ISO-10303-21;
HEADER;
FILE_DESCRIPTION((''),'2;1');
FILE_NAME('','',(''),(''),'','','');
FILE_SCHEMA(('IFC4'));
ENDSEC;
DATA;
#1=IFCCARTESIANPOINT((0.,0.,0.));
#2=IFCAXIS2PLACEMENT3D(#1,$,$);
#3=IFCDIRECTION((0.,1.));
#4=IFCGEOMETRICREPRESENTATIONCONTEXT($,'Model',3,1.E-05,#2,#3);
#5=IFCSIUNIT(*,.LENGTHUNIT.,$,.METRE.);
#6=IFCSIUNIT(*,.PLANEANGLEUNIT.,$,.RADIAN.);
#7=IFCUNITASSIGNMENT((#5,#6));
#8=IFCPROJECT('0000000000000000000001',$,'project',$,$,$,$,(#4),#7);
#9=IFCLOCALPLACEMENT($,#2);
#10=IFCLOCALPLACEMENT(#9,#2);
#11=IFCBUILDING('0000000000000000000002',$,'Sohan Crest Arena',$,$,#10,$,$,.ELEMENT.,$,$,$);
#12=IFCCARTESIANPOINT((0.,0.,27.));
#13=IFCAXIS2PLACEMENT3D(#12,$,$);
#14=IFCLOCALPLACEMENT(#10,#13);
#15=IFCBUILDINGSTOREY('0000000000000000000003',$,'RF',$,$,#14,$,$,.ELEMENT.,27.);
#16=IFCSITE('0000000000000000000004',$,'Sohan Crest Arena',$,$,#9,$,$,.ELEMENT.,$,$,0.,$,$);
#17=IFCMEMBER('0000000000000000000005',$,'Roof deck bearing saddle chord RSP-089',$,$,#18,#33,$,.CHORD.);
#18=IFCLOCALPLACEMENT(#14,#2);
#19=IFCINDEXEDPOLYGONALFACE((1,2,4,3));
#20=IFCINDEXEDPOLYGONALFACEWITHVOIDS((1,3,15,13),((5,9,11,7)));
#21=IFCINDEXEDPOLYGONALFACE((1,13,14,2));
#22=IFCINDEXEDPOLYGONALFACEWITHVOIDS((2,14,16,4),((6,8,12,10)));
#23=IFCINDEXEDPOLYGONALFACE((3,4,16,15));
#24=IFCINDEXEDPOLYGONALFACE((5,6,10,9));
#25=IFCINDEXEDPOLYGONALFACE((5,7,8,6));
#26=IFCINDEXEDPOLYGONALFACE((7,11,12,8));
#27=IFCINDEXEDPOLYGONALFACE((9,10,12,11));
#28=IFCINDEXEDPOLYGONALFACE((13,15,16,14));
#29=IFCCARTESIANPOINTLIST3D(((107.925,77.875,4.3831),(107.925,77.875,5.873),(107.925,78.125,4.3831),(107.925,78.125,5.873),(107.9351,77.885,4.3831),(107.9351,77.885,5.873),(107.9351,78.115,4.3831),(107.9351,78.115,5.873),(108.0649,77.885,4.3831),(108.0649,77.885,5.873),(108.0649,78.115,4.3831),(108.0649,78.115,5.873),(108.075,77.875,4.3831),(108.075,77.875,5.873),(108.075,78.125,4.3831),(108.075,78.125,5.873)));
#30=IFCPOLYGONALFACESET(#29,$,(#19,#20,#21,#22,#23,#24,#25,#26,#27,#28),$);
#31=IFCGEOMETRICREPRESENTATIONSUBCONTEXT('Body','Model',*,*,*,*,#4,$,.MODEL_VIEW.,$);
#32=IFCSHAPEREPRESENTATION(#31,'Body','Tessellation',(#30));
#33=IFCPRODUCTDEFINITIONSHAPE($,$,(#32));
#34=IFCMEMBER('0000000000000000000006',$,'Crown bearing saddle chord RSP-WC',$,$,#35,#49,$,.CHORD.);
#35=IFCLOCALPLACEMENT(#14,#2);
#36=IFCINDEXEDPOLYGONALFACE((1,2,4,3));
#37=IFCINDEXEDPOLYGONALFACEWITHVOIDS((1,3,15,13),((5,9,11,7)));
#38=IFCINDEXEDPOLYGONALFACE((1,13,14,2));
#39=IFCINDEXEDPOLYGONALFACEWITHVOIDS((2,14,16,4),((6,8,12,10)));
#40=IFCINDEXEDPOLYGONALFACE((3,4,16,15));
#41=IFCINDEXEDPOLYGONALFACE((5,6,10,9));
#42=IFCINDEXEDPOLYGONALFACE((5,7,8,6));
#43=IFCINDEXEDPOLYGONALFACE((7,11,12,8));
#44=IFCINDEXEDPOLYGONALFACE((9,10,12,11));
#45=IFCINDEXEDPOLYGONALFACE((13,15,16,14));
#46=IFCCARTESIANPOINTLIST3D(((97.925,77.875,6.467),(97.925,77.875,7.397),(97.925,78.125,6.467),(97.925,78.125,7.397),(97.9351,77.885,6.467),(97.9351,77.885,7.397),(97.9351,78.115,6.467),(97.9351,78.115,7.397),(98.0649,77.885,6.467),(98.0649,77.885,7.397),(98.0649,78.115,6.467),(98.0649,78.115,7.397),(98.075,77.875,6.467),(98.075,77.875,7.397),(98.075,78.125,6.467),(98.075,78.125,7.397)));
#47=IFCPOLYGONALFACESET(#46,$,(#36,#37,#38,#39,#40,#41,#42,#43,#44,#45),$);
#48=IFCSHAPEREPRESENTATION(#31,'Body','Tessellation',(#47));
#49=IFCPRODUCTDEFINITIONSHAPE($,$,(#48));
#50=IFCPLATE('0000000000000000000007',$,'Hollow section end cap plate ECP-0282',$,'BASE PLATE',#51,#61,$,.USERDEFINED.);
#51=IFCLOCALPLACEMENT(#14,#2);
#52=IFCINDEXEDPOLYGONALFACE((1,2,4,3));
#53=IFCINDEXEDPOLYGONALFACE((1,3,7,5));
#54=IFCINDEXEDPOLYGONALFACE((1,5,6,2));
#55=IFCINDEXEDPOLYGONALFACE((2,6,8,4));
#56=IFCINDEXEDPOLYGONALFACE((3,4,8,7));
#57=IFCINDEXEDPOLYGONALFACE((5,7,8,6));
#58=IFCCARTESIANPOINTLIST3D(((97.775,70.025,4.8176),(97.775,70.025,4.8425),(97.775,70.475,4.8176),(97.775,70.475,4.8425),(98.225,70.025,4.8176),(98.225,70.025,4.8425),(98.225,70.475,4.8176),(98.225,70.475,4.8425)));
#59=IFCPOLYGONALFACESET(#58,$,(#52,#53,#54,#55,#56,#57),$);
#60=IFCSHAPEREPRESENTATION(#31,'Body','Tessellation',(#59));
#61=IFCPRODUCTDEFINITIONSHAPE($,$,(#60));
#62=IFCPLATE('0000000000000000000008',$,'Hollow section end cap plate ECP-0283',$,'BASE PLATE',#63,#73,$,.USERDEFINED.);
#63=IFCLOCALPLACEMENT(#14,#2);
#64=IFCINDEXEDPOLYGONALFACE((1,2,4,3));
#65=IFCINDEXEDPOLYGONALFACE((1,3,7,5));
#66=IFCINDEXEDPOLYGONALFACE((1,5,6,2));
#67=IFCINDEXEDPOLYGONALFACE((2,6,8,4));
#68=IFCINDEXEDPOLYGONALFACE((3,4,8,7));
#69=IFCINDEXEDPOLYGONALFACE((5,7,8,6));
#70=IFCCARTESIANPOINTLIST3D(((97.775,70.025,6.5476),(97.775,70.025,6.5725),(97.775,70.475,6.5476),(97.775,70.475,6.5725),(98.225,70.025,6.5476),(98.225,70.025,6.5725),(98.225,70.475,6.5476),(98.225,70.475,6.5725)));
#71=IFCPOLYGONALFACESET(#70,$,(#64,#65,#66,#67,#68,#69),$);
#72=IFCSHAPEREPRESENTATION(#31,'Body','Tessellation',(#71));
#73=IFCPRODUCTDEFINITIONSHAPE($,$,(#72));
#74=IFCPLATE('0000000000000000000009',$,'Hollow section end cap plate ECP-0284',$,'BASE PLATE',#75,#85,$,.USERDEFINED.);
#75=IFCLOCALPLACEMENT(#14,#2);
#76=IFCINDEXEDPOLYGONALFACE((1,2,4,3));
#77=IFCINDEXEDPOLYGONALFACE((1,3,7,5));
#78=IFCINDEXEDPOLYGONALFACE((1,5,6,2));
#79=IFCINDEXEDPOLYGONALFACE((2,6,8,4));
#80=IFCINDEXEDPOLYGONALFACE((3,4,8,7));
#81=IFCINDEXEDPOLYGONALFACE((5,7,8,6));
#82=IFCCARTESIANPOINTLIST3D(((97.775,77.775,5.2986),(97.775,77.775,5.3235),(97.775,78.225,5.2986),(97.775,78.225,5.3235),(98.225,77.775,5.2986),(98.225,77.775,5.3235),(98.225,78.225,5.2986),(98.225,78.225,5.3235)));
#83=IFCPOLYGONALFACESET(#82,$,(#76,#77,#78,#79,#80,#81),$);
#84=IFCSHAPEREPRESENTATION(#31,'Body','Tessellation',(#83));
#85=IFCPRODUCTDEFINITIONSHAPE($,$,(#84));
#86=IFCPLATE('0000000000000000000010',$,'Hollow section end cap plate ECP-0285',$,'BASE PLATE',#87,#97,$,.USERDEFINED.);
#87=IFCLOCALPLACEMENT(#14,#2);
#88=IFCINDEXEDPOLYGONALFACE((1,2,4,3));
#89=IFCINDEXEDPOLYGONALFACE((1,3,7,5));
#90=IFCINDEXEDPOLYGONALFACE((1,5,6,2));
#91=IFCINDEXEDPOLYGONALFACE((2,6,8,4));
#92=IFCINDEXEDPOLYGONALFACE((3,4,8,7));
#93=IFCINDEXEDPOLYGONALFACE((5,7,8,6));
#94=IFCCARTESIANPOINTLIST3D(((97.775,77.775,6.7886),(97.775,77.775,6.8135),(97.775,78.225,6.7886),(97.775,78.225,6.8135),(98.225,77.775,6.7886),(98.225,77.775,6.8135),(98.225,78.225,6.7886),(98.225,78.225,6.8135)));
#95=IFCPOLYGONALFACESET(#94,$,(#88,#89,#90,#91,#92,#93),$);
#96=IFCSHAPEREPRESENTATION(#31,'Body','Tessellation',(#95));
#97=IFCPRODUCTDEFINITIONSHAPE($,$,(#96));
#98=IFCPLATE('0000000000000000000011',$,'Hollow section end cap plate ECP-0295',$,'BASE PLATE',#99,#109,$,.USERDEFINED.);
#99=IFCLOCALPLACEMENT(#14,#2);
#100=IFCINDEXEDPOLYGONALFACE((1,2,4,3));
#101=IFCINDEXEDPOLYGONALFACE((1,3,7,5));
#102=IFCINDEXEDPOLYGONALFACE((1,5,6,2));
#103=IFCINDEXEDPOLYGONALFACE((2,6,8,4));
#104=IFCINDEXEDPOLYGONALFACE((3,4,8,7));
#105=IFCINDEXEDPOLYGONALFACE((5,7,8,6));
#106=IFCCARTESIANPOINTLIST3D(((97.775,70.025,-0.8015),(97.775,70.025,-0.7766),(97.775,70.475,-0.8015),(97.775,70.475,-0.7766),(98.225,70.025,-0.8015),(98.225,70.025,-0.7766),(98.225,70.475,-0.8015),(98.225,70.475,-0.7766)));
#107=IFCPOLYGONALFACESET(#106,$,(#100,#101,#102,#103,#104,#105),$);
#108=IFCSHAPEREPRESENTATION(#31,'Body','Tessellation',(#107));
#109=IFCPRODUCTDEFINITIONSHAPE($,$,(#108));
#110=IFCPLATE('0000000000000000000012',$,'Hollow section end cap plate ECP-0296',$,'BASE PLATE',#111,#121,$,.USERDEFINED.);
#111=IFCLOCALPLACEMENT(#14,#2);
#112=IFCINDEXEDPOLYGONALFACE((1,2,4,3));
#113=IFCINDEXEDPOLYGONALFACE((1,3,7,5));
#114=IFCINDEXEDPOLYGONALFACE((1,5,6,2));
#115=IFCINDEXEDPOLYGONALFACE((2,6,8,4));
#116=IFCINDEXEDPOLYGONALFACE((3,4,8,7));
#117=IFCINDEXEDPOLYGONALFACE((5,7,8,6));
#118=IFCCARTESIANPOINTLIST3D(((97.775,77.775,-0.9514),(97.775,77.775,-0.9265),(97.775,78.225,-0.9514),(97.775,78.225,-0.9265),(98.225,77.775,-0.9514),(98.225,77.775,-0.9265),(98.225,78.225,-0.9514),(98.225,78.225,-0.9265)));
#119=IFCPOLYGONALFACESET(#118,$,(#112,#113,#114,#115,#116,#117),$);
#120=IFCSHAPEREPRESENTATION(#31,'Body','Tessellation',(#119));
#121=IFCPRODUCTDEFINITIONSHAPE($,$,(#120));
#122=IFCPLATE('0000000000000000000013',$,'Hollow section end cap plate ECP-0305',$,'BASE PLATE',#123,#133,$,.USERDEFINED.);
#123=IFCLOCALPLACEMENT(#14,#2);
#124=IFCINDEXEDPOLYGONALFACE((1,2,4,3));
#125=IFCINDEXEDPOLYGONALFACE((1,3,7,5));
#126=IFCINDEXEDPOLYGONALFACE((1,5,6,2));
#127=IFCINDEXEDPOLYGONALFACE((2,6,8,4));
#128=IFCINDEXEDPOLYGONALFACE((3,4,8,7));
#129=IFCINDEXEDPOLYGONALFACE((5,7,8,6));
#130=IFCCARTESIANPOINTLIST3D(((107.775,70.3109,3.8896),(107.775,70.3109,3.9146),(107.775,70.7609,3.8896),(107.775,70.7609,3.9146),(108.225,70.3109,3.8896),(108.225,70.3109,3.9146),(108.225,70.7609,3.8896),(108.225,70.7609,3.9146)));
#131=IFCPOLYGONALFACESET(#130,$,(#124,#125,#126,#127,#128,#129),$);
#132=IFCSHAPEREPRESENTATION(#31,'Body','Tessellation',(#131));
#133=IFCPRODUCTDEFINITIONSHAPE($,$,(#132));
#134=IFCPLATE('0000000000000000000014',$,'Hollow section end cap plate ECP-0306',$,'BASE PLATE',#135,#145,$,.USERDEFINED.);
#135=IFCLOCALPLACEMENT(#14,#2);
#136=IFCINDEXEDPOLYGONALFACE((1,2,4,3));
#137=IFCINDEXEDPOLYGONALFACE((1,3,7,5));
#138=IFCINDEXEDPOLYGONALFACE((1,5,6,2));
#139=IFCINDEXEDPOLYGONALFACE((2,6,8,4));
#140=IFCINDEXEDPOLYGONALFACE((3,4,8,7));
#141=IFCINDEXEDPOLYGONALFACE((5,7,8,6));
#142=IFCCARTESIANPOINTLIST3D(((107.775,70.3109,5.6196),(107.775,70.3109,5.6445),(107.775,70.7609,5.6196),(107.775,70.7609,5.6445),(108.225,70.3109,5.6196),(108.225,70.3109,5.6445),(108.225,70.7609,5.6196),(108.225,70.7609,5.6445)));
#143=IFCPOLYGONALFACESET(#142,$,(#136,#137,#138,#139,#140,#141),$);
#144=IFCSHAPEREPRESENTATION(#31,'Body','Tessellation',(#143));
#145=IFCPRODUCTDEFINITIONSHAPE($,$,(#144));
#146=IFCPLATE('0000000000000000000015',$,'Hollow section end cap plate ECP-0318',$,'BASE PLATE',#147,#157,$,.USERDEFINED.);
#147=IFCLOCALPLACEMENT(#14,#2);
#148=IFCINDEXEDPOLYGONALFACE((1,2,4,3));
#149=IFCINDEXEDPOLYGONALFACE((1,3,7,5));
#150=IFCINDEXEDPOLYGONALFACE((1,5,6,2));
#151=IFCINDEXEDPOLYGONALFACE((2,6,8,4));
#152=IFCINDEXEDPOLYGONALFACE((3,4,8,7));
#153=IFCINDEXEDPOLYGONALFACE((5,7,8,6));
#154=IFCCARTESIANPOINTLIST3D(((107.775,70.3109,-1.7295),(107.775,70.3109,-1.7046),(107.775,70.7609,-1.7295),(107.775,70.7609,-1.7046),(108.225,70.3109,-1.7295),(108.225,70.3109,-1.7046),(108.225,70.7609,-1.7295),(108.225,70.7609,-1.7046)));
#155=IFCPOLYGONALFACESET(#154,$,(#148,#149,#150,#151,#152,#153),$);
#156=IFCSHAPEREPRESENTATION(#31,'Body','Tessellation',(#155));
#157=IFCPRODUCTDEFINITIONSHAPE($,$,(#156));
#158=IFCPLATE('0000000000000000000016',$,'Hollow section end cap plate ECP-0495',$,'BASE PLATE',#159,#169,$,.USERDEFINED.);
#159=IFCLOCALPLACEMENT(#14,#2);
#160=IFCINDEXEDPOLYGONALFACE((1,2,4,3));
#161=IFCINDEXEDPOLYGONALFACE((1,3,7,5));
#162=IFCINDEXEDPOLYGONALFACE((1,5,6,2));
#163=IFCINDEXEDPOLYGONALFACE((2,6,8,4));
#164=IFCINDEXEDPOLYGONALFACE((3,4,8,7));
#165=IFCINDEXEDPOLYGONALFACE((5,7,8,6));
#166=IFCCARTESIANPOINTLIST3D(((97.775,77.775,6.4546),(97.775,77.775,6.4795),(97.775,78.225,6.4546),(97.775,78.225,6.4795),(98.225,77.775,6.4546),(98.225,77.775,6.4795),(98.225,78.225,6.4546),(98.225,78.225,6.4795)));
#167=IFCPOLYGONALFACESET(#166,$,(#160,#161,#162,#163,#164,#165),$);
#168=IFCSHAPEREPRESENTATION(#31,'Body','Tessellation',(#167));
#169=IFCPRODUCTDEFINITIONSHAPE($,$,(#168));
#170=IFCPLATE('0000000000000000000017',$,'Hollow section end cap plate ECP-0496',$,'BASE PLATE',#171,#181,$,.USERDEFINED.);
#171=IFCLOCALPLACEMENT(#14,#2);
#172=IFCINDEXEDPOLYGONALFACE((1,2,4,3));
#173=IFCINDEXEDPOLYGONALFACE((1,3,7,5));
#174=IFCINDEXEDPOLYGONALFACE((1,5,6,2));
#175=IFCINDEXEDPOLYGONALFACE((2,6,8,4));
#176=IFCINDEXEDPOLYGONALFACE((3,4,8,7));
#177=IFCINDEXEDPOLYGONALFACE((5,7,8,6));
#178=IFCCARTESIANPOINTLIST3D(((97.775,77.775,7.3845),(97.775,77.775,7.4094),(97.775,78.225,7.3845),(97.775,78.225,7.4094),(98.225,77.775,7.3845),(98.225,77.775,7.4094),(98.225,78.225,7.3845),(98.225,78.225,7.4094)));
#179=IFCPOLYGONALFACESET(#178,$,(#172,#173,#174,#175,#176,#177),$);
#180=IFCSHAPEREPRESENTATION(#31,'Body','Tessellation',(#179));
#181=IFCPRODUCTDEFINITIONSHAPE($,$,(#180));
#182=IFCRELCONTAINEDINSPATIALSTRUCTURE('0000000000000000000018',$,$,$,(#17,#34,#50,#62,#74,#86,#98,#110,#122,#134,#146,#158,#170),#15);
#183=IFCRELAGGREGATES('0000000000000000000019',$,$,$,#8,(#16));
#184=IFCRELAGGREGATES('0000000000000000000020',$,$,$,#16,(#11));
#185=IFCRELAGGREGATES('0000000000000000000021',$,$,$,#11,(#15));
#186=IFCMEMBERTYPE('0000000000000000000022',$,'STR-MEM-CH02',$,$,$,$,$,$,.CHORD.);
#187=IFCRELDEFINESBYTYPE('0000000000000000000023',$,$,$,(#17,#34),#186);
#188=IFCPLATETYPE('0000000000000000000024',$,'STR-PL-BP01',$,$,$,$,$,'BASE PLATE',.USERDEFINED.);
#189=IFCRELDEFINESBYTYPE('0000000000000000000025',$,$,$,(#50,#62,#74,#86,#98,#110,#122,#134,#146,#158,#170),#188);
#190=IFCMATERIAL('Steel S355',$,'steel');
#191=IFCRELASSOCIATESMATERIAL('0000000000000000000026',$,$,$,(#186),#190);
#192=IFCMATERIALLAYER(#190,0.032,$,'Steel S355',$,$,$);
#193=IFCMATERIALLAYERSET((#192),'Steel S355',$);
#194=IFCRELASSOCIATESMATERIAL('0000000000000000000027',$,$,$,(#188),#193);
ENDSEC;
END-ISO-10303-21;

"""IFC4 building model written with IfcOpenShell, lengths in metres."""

from ifc_helpers import new_model, si_unit, direction, frame, origin, origin_2d, place, context, subcontext, project, spatial, rectangle, hollow_rectangle, extrude, material, layer, layer_set, material_profile, profile_set, type_object, element, save


model = new_model("IFC4")

# Units and contexts
model_context = context("Model", 3, precision=1e-05, world=origin(), true_north=direction((0.0, 1.0)))
body_context = subcontext(model_context, "Body", "Model", "MODEL_VIEW")
ifc_project = project(units=[si_unit("LENGTHUNIT", "METRE"), si_unit("PLANEANGLEUNIT", "RADIAN")], contexts=[model_context])

# Site, building, storey
site_placement = place(None, origin())
site = spatial("IfcSite", under=ifc_project, at=site_placement, Name="Sohan Crest Arena", CompositionType="ELEMENT", RefElevation=0.0)
building_placement = place(site_placement, origin())
building = spatial("IfcBuilding", under=site, at=building_placement, Name="Sohan Crest Arena", CompositionType="ELEMENT")
storey_placement = place(building_placement, frame((0.0, 0.0, 27.0)))
storey = spatial("IfcBuildingStorey", under=building, at=storey_placement, Name="RF", CompositionType="ELEMENT", Elevation=27.0)

# Shared definitions
ifc_material_1 = material(Name="Steel S355", Category="steel")

# Members
ifc_material_profile_1 = material_profile(ifc_material_1, hollow_rectangle(XDim=0.1499, YDim=0.25, WallThickness=0.01, at=origin_2d()), Name="RHS 250x150x10")
ifc_profile_set_1 = profile_set([ifc_material_profile_1], Name="Steel S355")
member_type_1 = type_object("IfcMemberType", Name="STR-MEM-CH02", PredefinedType="CHORD", material=ifc_profile_set_1)
member_1_placement = place(storey_placement, frame((108.0, 78.0, 4.3831), z_axis=(0.0, 0.0, 1.0), x_axis=(1.0, 0.0, 0.0)))
element("IfcMember", 1, at=member_1_placement, inside=storey, type_object=member_type_1, Name="Roof deck bearing saddle chord RSP-089", PredefinedType="CHORD", context=body_context, shape_type="SweptSolid", body=[
    extrude(hollow_rectangle(XDim=0.1499, YDim=0.25, WallThickness=0.01, at=origin_2d()), origin(), (0.0, 0.0, 1.0), 1.49),
])
member_2_placement = place(storey_placement, frame((98.0, 78.0, 6.467), z_axis=(0.0, 0.0, 1.0), x_axis=(1.0, 0.0, 0.0)))
element("IfcMember", 2, at=member_2_placement, inside=storey, type_object=member_type_1, Name="Crown bearing saddle chord RSP-WC", PredefinedType="CHORD", context=body_context, shape_type="SweptSolid", body=[
    extrude(hollow_rectangle(XDim=0.1499, YDim=0.25, WallThickness=0.01, at=origin_2d()), origin(), (0.0, 0.0, 1.0), 0.9299),
])

# Plates
ifc_layer = layer(ifc_material_1, 0.032, Name="Steel S355")
ifc_layer_set = layer_set([ifc_layer], Name="Steel S355")
plate_type = type_object("IfcPlateType", Name="STR-PL-BP01", ElementType="BASE PLATE", PredefinedType="USERDEFINED", material=ifc_layer_set)
for number, where, z_axis, x_axis, name in (
    (3, (98.0, 70.25, 4.8176), (0.0, 0.0, 1.0), (1.0, 0.0, 0.0), "Hollow section end cap plate ECP-0282"),
    (4, (98.0, 70.25, 6.5476), (0.0, 0.0, 1.0), (1.0, 0.0, 0.0), "Hollow section end cap plate ECP-0283"),
    (5, (98.0, 78.0, 5.2986), (0.0, 0.0, 1.0), (1.0, 0.0, 0.0), "Hollow section end cap plate ECP-0284"),
    (6, (98.0, 78.0, 6.7886), (0.0, 0.0, 1.0), (1.0, 0.0, 0.0), "Hollow section end cap plate ECP-0285"),
    (7, (98.0, 70.25, -0.8015), (0.0, 0.0, 1.0), (1.0, 0.0, 0.0), "Hollow section end cap plate ECP-0295"),
    (8, (98.0, 78.0, -0.9514), (0.0, 0.0, 1.0), (1.0, 0.0, 0.0), "Hollow section end cap plate ECP-0296"),
    (9, (108.0, 70.5359, 3.8896), (0.0, 0.0, 1.0), (1.0, 0.0, 0.0), "Hollow section end cap plate ECP-0305"),
    (10, (108.0, 70.5359, 5.6196), (0.0, 0.0, 1.0), (1.0, 0.0, 0.0), "Hollow section end cap plate ECP-0306"),
    (11, (108.0, 70.5359, -1.7295), (0.0, 0.0, 1.0), (1.0, 0.0, 0.0), "Hollow section end cap plate ECP-0318"),
    (12, (98.0, 78.0, 6.4546), (0.0, 0.0, 1.0), (1.0, 0.0, 0.0), "Hollow section end cap plate ECP-0495"),
    (13, (98.0, 78.0, 7.3845), (0.0, 0.0, 1.0), (1.0, 0.0, 0.0), "Hollow section end cap plate ECP-0496"),
):
    element("IfcPlate", number, at=place(storey_placement, frame(where, z_axis=z_axis, x_axis=x_axis)), inside=storey, type_object=plate_type, Name=name, ObjectType="BASE PLATE", PredefinedType="USERDEFINED", context=body_context, shape_type="SweptSolid", body=[
        extrude(rectangle(XDim=0.45, YDim=0.45, at=origin_2d()), origin(), (0.0, 0.0, 1.0), 0.0249),
    ])

save(model, "model.ifc")
